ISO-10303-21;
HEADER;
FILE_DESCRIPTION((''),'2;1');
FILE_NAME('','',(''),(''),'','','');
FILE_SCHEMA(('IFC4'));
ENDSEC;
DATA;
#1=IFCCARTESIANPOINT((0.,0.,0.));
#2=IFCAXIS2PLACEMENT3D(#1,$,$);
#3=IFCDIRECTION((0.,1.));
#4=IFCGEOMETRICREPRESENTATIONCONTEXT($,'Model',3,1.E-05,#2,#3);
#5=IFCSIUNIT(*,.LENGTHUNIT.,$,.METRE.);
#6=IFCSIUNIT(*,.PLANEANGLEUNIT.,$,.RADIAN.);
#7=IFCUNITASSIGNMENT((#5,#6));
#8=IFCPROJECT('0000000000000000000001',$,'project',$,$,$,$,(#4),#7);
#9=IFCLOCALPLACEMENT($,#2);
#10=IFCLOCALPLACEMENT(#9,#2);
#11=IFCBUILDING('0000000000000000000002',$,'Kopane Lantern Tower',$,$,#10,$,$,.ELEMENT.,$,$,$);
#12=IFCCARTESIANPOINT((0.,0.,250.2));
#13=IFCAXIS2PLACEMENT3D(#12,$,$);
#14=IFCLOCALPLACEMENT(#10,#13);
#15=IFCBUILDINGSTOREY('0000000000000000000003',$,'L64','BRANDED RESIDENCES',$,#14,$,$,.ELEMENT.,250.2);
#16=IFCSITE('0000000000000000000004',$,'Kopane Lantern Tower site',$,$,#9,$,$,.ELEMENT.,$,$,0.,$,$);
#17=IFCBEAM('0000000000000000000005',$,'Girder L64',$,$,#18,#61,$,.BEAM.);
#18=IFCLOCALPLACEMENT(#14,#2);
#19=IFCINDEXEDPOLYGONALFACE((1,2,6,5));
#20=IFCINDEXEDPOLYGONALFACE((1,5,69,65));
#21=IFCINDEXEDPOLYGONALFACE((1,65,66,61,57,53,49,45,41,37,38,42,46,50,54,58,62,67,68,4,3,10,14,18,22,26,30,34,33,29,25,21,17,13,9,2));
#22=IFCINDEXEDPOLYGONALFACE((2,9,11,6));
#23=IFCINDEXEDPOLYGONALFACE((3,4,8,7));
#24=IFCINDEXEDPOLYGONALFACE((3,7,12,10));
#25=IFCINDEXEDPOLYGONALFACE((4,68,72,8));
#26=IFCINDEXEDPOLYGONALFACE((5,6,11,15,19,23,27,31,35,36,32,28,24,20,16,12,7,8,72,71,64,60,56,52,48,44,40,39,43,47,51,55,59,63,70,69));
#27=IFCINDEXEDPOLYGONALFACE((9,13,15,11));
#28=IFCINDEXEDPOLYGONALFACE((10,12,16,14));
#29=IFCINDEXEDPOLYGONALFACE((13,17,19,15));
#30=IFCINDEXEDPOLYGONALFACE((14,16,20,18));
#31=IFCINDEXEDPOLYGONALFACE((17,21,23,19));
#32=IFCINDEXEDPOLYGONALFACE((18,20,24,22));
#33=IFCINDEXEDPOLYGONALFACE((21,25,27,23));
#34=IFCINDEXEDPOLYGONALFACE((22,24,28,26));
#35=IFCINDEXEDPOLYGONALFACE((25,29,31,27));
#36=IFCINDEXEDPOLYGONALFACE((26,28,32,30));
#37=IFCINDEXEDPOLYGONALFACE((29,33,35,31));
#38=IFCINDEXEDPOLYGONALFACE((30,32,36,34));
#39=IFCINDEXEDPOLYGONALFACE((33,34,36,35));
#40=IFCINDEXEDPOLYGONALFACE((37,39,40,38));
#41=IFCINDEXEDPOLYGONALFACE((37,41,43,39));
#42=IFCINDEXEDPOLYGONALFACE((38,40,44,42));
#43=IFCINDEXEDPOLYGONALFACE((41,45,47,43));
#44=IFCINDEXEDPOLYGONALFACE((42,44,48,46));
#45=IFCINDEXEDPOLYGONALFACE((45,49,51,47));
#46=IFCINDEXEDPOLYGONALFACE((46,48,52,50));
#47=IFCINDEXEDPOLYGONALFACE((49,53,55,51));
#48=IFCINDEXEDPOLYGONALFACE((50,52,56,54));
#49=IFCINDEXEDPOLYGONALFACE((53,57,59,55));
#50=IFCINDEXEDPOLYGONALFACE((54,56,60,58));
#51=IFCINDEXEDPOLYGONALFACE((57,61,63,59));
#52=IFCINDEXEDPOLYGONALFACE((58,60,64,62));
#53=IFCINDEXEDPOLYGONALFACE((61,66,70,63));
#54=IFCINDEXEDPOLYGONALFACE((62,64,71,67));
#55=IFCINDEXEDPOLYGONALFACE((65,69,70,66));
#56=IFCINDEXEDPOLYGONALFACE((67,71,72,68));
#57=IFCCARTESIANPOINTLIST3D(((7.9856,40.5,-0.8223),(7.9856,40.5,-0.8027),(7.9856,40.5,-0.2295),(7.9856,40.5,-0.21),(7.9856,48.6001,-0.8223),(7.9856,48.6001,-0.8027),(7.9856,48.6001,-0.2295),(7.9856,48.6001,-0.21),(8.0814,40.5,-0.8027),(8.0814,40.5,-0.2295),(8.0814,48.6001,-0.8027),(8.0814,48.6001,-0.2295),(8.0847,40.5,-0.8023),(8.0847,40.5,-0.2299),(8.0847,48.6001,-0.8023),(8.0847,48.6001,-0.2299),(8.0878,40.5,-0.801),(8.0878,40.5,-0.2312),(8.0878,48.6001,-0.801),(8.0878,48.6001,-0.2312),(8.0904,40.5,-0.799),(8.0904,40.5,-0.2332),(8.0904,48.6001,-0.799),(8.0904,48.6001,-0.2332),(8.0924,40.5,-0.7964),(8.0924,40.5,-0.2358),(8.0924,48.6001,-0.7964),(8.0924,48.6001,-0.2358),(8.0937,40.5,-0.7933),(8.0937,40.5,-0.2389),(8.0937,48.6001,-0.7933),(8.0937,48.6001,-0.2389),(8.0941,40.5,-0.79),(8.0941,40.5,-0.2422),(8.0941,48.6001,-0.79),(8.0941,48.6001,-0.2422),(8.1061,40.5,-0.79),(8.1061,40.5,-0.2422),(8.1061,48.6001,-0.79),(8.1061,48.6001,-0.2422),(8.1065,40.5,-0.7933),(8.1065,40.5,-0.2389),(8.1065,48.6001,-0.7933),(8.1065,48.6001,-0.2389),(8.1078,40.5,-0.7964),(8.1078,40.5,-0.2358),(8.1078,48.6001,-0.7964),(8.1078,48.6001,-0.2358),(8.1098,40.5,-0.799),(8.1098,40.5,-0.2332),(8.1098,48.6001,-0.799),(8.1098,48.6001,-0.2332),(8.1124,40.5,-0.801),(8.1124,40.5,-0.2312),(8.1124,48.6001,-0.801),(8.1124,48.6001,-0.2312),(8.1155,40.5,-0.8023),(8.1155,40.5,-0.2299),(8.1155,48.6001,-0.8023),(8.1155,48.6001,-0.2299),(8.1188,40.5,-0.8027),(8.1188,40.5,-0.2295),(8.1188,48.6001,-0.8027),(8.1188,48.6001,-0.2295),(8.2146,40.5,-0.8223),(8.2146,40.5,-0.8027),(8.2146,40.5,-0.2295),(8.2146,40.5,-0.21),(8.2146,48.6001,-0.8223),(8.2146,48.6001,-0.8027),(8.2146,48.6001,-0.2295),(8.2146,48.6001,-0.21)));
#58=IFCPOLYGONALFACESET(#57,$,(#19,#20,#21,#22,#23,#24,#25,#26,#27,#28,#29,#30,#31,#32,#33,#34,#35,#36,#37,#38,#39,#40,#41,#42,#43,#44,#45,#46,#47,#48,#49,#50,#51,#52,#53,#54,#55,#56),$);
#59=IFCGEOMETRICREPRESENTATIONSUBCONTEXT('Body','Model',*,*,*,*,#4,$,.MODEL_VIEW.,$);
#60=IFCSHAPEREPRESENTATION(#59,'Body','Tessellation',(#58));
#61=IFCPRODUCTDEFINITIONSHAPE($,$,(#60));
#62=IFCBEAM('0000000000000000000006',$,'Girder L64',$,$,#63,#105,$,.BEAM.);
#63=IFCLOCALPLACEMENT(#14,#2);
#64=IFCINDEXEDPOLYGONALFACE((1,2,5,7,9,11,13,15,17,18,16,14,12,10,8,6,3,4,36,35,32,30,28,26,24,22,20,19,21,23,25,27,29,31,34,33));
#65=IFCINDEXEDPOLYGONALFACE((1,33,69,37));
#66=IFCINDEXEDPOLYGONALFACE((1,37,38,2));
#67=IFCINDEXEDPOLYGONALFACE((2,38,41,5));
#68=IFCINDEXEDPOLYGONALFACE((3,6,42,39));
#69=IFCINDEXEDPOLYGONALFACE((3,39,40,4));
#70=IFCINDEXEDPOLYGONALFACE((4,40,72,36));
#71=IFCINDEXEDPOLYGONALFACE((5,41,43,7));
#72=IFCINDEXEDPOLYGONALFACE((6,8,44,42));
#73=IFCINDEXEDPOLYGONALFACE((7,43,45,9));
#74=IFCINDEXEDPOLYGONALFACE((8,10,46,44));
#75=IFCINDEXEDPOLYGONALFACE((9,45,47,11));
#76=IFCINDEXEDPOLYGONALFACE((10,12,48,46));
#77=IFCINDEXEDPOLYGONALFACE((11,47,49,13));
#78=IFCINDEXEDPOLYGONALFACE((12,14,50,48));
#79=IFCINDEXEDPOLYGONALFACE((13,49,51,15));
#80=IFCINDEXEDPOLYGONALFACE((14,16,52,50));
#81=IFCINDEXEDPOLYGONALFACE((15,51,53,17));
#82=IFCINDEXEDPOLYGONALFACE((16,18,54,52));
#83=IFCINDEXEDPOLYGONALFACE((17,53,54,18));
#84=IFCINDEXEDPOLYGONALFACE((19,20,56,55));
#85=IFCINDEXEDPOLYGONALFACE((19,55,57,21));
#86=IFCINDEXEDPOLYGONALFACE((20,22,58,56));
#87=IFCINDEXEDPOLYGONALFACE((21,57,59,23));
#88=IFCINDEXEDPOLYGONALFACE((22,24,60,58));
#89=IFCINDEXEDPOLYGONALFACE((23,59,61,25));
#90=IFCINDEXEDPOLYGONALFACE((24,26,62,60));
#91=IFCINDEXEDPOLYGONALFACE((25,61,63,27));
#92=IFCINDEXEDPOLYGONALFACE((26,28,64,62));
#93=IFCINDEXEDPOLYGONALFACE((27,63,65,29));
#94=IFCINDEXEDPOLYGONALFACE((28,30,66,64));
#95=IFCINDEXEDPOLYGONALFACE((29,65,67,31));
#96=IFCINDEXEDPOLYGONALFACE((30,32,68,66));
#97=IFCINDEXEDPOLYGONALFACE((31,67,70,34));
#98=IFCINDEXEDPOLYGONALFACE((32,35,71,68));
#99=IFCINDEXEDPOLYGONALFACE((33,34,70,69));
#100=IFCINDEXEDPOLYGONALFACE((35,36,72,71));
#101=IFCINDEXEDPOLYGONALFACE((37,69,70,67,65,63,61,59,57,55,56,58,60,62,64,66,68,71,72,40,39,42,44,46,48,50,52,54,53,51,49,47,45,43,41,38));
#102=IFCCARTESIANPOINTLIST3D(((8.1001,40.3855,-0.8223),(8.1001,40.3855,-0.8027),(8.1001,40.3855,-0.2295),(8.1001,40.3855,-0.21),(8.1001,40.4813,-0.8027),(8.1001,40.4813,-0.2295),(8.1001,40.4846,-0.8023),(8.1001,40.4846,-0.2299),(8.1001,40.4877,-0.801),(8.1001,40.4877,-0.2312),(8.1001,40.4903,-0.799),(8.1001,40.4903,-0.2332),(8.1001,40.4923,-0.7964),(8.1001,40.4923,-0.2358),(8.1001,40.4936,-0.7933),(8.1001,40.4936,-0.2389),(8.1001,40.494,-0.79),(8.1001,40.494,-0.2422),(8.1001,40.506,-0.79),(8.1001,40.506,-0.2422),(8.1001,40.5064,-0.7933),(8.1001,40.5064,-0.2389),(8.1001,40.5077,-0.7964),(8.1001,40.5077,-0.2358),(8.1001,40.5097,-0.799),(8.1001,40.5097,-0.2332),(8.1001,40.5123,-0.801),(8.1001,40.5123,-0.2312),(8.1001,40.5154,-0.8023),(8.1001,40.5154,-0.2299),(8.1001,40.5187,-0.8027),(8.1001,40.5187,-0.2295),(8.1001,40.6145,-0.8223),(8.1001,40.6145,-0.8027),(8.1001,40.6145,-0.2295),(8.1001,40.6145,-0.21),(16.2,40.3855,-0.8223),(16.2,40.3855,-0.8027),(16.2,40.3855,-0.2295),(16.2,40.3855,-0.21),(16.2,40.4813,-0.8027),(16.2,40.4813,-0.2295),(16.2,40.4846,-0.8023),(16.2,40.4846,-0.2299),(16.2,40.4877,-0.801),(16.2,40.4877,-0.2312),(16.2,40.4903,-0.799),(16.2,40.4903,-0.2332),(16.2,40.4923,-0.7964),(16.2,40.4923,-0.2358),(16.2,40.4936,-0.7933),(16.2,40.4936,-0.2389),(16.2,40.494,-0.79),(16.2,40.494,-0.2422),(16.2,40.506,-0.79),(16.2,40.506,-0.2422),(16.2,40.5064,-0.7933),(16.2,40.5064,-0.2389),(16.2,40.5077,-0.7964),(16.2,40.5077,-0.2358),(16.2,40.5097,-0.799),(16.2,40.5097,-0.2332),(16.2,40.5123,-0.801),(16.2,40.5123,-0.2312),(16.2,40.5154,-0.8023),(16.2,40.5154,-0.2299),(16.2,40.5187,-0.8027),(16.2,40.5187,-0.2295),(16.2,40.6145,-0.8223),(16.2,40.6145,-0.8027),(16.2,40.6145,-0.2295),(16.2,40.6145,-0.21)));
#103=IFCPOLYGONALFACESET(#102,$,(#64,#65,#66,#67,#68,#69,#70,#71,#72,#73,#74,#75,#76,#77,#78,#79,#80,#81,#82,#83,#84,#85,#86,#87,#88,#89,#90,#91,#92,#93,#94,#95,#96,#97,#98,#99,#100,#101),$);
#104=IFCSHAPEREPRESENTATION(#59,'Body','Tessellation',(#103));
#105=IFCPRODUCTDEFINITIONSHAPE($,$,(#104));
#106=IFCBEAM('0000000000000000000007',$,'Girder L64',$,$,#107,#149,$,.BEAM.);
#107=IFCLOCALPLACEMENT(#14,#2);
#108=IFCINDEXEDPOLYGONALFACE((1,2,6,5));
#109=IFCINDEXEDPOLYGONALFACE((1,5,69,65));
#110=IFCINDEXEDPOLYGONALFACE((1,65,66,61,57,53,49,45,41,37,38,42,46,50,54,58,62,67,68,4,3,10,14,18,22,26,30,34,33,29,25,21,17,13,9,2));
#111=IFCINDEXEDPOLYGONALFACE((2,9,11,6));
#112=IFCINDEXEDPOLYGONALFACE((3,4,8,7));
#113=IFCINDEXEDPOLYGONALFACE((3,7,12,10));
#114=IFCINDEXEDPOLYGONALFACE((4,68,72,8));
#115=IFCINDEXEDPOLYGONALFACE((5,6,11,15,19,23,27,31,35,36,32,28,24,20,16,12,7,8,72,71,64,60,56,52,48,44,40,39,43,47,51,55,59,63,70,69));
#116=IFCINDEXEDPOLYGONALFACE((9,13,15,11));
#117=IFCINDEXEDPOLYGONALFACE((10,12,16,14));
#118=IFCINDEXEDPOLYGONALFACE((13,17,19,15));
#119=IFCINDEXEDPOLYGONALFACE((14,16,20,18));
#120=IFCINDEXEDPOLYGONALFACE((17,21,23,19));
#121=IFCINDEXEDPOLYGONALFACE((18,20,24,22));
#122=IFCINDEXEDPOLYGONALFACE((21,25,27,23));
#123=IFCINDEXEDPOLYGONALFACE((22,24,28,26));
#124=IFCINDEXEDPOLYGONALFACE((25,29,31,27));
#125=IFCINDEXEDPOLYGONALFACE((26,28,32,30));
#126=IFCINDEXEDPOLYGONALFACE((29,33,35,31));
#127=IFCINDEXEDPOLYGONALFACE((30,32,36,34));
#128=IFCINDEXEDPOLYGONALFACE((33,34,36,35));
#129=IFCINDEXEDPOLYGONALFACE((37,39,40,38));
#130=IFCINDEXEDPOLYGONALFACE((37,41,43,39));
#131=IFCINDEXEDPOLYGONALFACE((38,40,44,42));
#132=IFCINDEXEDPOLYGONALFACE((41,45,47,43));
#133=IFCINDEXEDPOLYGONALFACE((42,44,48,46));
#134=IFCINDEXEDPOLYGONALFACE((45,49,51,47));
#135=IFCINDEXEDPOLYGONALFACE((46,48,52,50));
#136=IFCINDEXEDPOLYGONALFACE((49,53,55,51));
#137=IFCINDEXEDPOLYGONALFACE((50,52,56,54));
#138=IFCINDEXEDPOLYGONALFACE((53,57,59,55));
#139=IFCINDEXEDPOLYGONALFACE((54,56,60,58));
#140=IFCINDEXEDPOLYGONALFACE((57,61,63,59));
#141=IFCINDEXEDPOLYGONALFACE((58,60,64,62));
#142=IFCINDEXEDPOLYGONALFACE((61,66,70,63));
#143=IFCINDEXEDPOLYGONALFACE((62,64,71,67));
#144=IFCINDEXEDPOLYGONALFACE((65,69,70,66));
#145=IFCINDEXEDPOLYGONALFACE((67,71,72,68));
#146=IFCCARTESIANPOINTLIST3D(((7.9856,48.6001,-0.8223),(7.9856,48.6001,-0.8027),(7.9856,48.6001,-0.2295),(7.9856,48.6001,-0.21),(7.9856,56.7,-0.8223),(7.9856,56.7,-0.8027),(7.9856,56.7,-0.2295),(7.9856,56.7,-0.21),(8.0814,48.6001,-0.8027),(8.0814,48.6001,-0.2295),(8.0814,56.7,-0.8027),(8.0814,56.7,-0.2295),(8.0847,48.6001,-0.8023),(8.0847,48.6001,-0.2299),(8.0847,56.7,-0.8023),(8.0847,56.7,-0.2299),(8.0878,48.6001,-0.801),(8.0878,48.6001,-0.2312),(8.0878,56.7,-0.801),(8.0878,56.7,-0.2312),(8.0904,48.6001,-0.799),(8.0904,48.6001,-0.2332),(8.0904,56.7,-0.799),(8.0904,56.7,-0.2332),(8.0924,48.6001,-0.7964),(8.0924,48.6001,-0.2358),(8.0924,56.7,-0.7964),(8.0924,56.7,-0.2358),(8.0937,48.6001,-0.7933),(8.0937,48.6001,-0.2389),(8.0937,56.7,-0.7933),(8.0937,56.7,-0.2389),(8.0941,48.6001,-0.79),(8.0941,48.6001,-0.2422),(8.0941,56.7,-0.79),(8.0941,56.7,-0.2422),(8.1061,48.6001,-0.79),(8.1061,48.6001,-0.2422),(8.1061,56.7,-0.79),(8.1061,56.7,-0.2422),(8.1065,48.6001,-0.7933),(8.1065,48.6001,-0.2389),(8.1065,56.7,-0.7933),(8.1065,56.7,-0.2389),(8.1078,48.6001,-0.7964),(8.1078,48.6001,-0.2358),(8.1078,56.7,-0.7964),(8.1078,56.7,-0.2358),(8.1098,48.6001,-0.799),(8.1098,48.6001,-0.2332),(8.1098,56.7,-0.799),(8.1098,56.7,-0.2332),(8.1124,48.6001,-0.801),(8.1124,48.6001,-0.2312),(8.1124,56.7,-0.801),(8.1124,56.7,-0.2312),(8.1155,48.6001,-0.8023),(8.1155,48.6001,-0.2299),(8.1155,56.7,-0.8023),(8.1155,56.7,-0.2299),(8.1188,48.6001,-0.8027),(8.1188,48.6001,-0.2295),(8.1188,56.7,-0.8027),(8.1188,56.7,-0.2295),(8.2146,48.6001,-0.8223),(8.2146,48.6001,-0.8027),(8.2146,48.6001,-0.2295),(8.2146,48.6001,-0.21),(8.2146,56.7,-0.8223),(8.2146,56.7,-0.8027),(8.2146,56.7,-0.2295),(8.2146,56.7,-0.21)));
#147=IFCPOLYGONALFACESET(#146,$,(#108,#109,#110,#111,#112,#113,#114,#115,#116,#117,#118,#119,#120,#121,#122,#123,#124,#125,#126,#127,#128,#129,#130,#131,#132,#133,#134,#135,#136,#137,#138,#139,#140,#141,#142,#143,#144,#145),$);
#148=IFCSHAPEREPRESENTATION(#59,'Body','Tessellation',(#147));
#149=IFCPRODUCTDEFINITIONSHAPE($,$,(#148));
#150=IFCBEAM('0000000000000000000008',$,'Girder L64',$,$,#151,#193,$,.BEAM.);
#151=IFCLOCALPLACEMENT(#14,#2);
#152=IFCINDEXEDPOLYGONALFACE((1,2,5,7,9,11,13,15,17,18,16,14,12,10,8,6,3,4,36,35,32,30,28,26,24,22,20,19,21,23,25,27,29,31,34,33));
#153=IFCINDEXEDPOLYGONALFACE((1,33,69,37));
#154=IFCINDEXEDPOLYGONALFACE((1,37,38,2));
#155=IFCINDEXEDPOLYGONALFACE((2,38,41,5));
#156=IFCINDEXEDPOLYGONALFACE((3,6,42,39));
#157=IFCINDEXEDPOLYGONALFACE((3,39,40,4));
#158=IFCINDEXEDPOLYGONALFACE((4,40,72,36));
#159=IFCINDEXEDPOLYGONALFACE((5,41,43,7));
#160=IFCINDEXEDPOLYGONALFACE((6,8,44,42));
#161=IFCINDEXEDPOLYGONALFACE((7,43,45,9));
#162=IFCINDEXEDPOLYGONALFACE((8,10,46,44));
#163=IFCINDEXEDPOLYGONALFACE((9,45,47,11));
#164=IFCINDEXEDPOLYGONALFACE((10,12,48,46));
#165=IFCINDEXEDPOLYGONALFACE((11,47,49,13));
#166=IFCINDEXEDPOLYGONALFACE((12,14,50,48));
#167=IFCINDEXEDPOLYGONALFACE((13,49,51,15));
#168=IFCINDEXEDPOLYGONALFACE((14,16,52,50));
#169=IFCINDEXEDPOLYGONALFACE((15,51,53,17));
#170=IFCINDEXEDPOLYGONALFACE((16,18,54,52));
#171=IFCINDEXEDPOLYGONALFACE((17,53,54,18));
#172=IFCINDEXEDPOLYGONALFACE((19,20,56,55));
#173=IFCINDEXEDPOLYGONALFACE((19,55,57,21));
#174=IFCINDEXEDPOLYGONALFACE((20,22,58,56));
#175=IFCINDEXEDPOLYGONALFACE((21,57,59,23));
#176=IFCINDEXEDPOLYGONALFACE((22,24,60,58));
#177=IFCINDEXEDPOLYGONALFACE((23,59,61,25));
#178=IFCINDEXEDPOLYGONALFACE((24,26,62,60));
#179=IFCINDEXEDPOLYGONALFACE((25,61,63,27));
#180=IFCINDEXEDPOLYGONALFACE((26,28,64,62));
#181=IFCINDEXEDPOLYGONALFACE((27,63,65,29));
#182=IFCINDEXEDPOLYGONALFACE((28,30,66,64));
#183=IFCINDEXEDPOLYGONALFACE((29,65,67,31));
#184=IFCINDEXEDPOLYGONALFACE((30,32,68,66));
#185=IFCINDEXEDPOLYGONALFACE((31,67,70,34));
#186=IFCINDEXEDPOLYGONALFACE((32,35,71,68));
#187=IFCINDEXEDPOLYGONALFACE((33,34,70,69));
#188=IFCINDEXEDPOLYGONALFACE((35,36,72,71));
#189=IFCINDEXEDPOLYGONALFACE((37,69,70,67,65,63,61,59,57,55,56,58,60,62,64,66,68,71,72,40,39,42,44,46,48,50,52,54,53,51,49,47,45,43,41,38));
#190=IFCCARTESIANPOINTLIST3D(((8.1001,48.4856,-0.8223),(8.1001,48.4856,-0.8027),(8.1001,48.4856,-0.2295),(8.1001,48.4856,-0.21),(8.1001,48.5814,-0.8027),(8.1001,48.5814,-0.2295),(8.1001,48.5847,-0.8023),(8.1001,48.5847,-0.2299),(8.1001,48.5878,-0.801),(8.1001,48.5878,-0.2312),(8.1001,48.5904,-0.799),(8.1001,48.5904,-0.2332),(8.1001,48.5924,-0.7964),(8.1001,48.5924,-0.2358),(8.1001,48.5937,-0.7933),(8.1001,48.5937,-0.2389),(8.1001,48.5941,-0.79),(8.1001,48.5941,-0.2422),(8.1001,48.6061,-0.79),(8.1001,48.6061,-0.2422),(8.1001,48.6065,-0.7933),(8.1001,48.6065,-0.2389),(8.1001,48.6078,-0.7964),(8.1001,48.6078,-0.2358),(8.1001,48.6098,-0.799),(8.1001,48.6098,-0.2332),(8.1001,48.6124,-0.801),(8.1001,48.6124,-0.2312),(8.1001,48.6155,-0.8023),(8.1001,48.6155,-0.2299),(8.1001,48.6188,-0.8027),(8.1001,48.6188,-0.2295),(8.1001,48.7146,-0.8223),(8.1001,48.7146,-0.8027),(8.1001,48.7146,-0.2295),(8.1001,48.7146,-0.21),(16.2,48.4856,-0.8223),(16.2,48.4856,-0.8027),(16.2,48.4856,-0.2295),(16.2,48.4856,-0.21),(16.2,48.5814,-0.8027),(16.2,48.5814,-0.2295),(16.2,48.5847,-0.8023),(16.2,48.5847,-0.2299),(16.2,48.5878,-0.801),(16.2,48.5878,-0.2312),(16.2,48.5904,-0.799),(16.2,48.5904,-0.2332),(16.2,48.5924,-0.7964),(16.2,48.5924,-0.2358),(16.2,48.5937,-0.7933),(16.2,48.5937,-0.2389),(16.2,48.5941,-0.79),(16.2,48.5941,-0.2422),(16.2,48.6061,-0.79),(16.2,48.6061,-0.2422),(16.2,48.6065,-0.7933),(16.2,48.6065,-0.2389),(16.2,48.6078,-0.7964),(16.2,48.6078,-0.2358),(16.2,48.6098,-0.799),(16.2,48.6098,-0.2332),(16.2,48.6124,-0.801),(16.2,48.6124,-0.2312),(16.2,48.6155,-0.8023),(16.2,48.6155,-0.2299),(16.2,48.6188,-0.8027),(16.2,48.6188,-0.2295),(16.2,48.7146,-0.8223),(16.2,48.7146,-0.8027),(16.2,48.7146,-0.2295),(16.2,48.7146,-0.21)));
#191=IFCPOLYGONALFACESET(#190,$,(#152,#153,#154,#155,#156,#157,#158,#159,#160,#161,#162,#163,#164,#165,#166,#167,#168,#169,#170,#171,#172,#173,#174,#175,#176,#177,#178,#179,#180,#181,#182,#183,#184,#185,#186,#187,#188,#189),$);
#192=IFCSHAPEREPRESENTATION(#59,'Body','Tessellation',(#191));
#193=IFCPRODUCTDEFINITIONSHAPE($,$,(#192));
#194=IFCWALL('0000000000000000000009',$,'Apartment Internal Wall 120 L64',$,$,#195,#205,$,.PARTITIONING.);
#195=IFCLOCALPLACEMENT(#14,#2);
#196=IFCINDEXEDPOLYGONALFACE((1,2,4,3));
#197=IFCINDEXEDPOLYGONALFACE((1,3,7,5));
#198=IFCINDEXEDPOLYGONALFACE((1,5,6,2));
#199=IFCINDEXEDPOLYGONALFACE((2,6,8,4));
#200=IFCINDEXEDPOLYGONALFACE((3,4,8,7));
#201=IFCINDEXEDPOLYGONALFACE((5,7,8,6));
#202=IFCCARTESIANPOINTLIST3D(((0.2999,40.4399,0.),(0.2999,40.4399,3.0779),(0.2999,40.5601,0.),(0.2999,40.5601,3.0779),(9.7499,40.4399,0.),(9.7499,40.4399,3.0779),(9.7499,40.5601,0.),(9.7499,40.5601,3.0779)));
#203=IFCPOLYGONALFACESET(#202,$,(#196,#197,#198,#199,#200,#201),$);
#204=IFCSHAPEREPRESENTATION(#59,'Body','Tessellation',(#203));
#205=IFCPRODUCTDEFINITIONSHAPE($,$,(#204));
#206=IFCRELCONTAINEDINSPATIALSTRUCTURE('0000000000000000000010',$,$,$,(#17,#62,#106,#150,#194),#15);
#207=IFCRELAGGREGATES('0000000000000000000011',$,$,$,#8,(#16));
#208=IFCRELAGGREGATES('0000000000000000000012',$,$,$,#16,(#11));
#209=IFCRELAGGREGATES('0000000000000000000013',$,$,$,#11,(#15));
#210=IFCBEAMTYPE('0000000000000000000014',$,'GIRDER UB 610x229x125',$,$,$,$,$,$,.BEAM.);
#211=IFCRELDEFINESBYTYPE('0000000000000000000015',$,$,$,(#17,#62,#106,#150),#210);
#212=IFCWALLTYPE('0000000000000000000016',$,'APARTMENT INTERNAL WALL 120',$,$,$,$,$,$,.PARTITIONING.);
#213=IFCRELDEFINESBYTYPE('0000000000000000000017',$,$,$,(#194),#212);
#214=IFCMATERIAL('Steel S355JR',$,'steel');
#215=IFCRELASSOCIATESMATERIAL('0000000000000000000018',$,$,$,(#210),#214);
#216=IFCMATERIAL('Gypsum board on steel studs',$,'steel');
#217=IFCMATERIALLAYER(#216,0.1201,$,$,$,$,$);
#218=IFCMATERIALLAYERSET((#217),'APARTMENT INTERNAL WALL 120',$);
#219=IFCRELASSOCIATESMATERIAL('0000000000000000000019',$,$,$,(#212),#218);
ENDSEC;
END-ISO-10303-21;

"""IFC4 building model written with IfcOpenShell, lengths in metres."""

from ifc_helpers import new_model, si_unit, direction, frame, frame_2d, origin, origin_2d, place, context, subcontext, project, spatial, rectangle, i_section, extrude, material, layer, layer_set, material_profile, profile_set, type_object, element, save


model = new_model("IFC4")

# Units and contexts
model_context = context("Model", 3, precision=1e-05, world=origin(), true_north=direction((0.0, 1.0)))
body_context = subcontext(model_context, "Body", "Model", "MODEL_VIEW")
ifc_project = project(units=[si_unit("LENGTHUNIT", "METRE"), si_unit("PLANEANGLEUNIT", "RADIAN")], contexts=[model_context])

# Site, building, storey
site_placement = place(None, origin())
site = spatial("IfcSite", under=ifc_project, at=site_placement, Name="Kopane Lantern Tower site", CompositionType="ELEMENT", RefElevation=0.0)
building_placement = place(site_placement, origin())
building = spatial("IfcBuilding", under=site, at=building_placement, Name="Kopane Lantern Tower", CompositionType="ELEMENT")
storey_placement = place(building_placement, frame((0.0, 0.0, 250.2)))
storey = spatial("IfcBuildingStorey", under=building, at=storey_placement, Name="L64", Description="BRANDED RESIDENCES", CompositionType="ELEMENT", Elevation=250.2)

# Beams
ifc_material_1 = material(Name="Steel S355JR", Category="steel")
ifc_material_profile_1 = material_profile(ifc_material_1, i_section(OverallWidth=0.229, OverallDepth=0.6123, WebThickness=0.012, FlangeThickness=0.0195, FilletRadius=0.0127, at=origin_2d()), Name="UB 610x229x125")
ifc_profile_set_1 = profile_set([ifc_material_profile_1], Name="Steel S355JR")
beam_type = type_object("IfcBeamType", Name="GIRDER UB 610x229x125", PredefinedType="BEAM", material=ifc_profile_set_1)
for number, where, z_axis, x_axis, name in (
    (1, (8.1001, 40.5, -0.5161), (0.0, 1.0, 0.0), (-1.0, 0.0, 0.0), "Girder L64"),
):
    element("IfcBeam", number, at=place(storey_placement, frame(where, z_axis=z_axis, x_axis=x_axis)), inside=storey, type_object=beam_type, Name=name, PredefinedType="BEAM", context=body_context, shape_type="SweptSolid", body=[
        extrude(i_section(OverallWidth=0.229, OverallDepth=0.6123, WebThickness=0.012, FlangeThickness=0.0195, FilletRadius=0.0127, at=origin_2d()), origin(), (0.0, 0.0, 1.0), 8.1001),
    ])
for number, where, z_axis, x_axis, name in (
    (2, (8.1001, 40.5, -0.5161), (1.0, 0.0, 0.0), (0.0, 1.0, 0.0), "Girder L64"),
    (3, (8.1001, 48.6001, -0.5161), (0.0, 1.0, 0.0), (-1.0, 0.0, 0.0), "Girder L64"),
    (4, (8.1001, 48.6001, -0.5161), (1.0, 0.0, 0.0), (0.0, 1.0, 0.0), "Girder L64"),
):
    element("IfcBeam", number, at=place(storey_placement, frame(where, z_axis=z_axis, x_axis=x_axis)), inside=storey, type_object=beam_type, Name=name, PredefinedType="BEAM", context=body_context, shape_type="SweptSolid", body=[
        extrude(i_section(OverallWidth=0.229, OverallDepth=0.6123, WebThickness=0.012, FlangeThickness=0.0195, FilletRadius=0.0127, at=origin_2d()), origin(), (0.0, 0.0, 1.0), 8.0999),
    ])

# Wall
ifc_material_2 = material(Name="Gypsum board on steel studs", Category="steel")
ifc_layer_1 = layer(ifc_material_2, 0.1201)
ifc_layer_set_1 = layer_set([ifc_layer_1], Name="APARTMENT INTERNAL WALL 120")
wall_type_1 = type_object("IfcWallType", Name="APARTMENT INTERNAL WALL 120", PredefinedType="PARTITIONING", material=ifc_layer_set_1)
wall_1_placement = place(storey_placement, frame((9.75, 40.5, 0.0), z_axis=(0.0, 0.0, 1.0), x_axis=(-1.0, 0.0, 0.0)))
element("IfcWall", 5, at=wall_1_placement, inside=storey, type_object=wall_type_1, Name="Apartment Internal Wall 120 L64", PredefinedType="PARTITIONING", context=body_context, shape_type="SweptSolid", body=[
    extrude(rectangle(XDim=9.45, YDim=0.1201, at=frame_2d((4.7251, 0.0))), origin(), (0.0, 0.0, 1.0), 3.0779),
])

save(model, "model.ifc")
